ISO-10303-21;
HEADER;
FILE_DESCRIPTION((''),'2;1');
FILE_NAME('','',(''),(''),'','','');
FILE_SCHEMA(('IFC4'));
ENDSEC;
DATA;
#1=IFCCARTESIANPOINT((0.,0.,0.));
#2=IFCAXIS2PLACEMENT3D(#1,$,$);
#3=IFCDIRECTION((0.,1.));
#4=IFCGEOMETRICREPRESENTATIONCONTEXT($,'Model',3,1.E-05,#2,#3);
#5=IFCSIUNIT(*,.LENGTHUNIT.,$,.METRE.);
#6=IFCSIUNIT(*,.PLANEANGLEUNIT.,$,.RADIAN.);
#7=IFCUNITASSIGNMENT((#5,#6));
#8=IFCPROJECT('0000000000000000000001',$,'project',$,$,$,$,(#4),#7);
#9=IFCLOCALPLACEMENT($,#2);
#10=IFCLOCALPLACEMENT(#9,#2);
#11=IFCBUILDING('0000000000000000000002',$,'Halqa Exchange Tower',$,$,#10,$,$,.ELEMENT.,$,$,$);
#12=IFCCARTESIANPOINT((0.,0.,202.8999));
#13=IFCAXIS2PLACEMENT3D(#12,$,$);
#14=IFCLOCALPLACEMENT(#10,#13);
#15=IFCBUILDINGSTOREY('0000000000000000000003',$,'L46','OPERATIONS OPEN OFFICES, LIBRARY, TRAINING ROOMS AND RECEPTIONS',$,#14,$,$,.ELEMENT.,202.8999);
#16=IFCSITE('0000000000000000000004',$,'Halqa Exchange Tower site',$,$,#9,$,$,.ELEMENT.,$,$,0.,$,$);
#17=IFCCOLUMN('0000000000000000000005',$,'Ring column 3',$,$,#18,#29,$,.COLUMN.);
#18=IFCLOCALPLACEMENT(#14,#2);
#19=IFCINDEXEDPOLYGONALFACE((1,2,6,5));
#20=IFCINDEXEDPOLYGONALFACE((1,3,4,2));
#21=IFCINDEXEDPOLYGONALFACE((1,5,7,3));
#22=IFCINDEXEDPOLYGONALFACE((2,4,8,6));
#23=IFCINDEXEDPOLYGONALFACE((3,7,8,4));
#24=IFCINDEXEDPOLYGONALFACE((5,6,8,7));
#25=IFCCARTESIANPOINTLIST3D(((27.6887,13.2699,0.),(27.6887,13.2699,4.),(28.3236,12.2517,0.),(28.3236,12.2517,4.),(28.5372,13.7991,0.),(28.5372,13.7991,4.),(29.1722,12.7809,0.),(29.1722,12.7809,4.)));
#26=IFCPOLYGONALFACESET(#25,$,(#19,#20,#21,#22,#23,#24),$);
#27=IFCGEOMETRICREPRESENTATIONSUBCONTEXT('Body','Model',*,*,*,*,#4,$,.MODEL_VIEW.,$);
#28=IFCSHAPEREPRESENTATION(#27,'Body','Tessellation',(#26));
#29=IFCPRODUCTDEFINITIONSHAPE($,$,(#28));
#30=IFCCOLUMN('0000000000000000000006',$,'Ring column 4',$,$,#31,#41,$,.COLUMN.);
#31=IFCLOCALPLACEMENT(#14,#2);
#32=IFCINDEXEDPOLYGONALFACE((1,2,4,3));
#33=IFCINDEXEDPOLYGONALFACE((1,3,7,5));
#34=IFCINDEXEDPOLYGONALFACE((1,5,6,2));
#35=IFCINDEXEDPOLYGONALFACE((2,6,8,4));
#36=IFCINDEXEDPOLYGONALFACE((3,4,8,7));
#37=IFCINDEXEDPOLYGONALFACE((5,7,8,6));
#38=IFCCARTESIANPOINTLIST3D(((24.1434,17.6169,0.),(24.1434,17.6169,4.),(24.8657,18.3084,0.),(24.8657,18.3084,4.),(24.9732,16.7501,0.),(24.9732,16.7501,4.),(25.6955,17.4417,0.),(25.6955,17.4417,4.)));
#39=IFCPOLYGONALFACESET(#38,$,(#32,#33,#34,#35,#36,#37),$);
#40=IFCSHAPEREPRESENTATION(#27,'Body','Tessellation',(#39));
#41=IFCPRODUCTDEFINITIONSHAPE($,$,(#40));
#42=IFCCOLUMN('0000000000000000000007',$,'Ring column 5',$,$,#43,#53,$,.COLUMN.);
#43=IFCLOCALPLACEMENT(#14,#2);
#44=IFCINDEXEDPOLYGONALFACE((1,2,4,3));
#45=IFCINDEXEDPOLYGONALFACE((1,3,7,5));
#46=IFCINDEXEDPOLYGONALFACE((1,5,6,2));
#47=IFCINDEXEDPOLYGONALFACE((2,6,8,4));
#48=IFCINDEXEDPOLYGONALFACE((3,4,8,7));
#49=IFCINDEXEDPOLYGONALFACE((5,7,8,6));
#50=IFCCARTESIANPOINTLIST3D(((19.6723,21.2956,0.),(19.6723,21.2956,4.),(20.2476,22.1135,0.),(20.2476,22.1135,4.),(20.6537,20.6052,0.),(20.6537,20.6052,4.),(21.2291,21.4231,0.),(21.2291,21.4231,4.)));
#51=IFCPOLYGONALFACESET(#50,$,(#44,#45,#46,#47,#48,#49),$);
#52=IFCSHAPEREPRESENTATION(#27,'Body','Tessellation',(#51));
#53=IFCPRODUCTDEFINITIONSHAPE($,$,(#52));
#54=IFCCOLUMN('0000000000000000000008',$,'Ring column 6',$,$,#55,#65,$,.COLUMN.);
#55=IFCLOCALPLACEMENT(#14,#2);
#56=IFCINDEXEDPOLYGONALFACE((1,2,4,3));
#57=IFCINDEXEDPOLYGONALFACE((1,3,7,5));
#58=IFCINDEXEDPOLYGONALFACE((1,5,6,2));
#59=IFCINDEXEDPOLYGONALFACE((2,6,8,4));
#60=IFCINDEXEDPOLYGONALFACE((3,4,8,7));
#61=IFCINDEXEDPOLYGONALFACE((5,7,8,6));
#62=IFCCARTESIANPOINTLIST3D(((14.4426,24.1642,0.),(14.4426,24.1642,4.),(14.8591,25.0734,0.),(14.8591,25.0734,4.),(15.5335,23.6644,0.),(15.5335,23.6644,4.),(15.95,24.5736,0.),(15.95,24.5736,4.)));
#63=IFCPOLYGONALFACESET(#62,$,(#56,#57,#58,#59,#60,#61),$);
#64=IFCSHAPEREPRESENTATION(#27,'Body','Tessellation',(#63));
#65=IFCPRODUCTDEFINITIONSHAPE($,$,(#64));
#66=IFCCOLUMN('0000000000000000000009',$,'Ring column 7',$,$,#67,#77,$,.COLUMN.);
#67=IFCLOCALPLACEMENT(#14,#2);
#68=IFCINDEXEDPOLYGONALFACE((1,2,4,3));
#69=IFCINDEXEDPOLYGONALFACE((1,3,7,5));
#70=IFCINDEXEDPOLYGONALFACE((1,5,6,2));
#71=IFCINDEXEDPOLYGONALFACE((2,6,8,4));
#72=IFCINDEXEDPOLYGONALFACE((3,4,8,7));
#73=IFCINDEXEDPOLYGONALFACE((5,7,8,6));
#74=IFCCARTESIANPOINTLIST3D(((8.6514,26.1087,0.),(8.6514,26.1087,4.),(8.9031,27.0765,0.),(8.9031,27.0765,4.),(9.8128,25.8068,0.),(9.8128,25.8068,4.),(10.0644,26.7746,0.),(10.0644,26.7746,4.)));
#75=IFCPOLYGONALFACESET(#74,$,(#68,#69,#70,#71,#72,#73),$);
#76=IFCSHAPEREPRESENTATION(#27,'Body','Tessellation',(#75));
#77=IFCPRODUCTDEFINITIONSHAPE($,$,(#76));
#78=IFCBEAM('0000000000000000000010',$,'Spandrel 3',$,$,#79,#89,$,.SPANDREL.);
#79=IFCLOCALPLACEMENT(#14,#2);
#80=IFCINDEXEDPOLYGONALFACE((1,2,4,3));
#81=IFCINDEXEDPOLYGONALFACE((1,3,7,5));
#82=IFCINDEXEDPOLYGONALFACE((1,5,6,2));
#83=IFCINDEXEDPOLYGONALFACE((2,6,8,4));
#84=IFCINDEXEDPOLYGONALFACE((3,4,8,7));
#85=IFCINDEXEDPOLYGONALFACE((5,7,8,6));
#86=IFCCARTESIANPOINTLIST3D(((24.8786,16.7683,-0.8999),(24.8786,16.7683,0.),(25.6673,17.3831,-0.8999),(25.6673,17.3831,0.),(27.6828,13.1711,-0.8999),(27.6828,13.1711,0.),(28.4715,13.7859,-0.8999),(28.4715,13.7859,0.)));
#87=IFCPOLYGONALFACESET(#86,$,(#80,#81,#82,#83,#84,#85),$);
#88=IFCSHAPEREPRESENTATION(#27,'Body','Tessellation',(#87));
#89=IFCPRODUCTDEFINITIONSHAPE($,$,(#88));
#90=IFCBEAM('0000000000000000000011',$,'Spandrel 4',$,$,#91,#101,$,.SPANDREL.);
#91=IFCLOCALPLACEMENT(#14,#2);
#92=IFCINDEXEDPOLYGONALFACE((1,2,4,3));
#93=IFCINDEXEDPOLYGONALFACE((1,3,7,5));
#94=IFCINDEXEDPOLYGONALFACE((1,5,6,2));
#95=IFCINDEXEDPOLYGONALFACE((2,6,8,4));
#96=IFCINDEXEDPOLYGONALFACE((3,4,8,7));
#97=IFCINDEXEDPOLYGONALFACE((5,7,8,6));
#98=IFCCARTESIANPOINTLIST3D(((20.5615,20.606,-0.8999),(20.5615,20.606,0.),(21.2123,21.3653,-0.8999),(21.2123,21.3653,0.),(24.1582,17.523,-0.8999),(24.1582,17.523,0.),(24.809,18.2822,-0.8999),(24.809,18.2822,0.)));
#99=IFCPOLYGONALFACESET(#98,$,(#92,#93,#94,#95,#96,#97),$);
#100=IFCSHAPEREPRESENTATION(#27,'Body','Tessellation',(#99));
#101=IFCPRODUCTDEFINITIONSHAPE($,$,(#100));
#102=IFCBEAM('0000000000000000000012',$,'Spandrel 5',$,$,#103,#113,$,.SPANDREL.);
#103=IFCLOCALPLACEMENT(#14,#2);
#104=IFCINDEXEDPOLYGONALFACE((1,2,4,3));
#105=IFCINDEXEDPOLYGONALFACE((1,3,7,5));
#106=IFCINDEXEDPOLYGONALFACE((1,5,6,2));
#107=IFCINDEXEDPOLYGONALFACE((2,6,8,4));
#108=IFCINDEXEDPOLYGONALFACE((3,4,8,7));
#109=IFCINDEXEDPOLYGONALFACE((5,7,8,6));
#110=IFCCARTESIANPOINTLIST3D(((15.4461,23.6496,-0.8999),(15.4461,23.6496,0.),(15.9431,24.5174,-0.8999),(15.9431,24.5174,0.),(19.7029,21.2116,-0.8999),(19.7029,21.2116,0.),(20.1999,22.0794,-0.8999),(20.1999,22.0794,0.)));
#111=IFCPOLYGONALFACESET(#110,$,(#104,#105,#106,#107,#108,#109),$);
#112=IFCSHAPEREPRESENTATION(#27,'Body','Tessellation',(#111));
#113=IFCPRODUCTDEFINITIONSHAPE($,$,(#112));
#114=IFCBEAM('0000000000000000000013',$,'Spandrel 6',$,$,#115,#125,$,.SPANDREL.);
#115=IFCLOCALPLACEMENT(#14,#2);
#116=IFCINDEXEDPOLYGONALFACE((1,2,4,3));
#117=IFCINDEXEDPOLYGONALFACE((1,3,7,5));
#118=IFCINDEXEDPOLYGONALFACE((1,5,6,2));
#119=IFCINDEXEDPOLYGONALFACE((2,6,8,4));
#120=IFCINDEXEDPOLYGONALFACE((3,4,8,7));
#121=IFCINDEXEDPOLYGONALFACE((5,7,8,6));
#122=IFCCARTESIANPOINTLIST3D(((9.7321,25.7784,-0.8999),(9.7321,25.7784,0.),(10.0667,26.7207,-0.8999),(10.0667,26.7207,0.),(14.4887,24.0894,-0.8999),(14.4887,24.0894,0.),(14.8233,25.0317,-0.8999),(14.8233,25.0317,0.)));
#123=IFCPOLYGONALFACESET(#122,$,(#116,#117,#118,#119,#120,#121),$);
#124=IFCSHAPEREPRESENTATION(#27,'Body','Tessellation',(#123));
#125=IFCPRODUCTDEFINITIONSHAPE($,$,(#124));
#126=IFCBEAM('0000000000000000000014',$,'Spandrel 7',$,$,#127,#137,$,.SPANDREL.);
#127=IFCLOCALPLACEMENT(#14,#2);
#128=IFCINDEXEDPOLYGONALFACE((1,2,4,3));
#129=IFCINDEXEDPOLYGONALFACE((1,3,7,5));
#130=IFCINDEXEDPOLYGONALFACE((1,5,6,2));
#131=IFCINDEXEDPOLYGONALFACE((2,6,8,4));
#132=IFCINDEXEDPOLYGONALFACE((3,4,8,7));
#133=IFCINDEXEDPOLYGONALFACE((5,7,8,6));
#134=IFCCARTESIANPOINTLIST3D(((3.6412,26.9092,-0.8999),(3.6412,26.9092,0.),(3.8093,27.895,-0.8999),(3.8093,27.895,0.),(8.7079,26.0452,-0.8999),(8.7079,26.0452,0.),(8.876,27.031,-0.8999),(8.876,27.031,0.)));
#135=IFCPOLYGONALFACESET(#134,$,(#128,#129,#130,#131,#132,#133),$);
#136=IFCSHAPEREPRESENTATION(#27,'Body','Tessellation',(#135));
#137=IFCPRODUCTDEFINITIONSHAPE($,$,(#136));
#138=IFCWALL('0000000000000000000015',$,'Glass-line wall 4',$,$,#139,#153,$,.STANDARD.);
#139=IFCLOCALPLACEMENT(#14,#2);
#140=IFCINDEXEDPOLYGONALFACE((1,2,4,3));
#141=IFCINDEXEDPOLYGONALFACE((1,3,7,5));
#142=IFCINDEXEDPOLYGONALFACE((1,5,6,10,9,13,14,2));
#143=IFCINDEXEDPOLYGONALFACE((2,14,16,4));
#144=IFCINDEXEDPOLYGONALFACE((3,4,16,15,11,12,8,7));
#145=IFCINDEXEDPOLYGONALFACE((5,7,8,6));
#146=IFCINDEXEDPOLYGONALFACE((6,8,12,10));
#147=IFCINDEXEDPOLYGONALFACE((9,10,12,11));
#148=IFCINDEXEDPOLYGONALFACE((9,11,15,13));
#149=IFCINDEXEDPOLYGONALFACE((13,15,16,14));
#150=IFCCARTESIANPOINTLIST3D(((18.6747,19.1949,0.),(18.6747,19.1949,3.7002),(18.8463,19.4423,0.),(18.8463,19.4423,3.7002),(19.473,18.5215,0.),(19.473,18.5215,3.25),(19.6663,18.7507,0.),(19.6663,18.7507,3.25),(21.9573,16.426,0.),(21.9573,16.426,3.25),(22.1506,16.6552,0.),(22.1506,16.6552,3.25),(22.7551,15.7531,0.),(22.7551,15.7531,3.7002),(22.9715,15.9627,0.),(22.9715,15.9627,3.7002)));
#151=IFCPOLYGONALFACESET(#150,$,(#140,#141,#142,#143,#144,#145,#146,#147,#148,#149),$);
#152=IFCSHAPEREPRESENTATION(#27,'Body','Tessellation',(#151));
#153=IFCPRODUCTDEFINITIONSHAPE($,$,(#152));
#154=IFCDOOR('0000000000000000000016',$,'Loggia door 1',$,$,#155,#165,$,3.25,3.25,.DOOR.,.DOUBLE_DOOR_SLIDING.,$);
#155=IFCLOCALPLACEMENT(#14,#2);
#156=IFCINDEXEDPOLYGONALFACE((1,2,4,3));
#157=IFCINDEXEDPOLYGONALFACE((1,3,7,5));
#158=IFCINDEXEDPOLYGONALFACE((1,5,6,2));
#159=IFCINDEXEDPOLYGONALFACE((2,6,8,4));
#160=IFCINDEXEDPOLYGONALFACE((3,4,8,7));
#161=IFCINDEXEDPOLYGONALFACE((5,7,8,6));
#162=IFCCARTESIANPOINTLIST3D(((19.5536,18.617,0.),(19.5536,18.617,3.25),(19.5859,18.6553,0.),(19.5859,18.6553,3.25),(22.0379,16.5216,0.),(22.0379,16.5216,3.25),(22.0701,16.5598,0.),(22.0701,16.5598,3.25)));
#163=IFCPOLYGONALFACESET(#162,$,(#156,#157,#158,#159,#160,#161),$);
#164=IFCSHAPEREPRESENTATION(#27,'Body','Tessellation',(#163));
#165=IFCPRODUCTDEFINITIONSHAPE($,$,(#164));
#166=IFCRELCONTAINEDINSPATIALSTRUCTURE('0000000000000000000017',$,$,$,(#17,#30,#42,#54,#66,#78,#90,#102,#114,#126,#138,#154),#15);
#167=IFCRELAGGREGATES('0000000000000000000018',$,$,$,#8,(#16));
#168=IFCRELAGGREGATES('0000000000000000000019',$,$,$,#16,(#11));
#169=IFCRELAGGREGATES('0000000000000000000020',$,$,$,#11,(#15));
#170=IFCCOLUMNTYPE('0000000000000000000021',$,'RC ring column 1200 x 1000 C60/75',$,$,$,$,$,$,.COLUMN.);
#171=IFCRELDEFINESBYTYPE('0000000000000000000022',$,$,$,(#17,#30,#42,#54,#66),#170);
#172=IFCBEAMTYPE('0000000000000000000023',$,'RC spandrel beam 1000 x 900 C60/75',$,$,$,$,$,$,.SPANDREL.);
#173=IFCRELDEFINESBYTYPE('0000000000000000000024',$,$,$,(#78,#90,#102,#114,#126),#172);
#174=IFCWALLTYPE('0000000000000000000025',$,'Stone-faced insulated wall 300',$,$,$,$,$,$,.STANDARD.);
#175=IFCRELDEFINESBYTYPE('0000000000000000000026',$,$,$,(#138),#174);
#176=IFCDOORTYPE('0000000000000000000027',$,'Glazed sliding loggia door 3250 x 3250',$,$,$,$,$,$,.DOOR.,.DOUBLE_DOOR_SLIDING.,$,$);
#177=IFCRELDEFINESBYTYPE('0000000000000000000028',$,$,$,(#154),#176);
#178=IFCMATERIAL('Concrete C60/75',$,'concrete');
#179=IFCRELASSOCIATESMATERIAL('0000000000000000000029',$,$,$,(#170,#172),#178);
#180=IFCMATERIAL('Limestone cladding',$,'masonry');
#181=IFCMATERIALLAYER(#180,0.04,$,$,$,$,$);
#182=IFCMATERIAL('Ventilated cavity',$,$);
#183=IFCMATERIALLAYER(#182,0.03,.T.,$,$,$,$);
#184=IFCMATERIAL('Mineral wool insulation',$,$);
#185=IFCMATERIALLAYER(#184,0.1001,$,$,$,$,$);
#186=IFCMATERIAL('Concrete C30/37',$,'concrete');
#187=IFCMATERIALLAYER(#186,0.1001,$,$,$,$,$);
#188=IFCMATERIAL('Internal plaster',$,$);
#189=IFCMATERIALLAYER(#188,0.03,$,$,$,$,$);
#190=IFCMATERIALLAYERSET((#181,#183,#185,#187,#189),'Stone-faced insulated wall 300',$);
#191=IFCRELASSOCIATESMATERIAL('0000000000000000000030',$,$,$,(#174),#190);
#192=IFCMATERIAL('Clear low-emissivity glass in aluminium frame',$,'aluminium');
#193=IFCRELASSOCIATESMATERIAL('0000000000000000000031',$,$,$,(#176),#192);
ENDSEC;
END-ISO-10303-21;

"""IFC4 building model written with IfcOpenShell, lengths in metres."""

from ifc_helpers import new_model, si_unit, direction, frame, frame_2d, origin, origin_2d, place, context, subcontext, project, spatial, polyline, rectangle, outline, extrude, material, layer, layer_set, material_profile, profile_set, type_object, element, fill, save


model = new_model("IFC4")

# Units and contexts
model_context = context("Model", 3, precision=1e-05, world=origin(), true_north=direction((0.0, 1.0)))
body_context = subcontext(model_context, "Body", "Model", "MODEL_VIEW")
ifc_project = project(units=[si_unit("LENGTHUNIT", "METRE"), si_unit("PLANEANGLEUNIT", "RADIAN")], contexts=[model_context])

# Site, building, storey
site_placement = place(None, origin())
site = spatial("IfcSite", under=ifc_project, at=site_placement, Name="Halqa Exchange Tower site", CompositionType="ELEMENT", RefElevation=0.0)
building_placement = place(site_placement, origin())
building = spatial("IfcBuilding", under=site, at=building_placement, Name="Halqa Exchange Tower", CompositionType="ELEMENT")
storey_placement = place(building_placement, frame((0.0, 0.0, 202.8999)))
storey = spatial("IfcBuildingStorey", under=building, at=storey_placement, Name="L46", Description="OPERATIONS OPEN OFFICES, LIBRARY, TRAINING ROOMS AND RECEPTIONS", CompositionType="ELEMENT", Elevation=202.8999)

# Columns
ifc_material_1 = material(Name="Concrete C60/75", Category="concrete")
ifc_material_profile_1 = material_profile(ifc_material_1, rectangle(XDim=1.2, YDim=1.0, at=origin_2d()), Name="1200 x 1000")
ifc_profile_set_1 = profile_set([ifc_material_profile_1], Name="Concrete C60/75")
column_type = type_object("IfcColumnType", Name="RC ring column 1200 x 1000 C60/75", PredefinedType="COLUMN", material=ifc_profile_set_1)
for number, where, z_axis, x_axis, name in (
    (1, (28.4304, 13.0254, 0.0), (0.0, 0.0, 1.0), (-0.529143, 0.848532, 0.0), "Ring column 3"),
    (2, (24.9194, 17.5293, 0.0), (0.0, 0.0, 1.0), (-0.691577, 0.722302, 0.0), "Ring column 4"),
    (3, (20.4507, 21.3594, 0.0), (0.0, 0.0, 1.0), (-0.817909, 0.575348, 0.0), "Ring column 5"),
    (4, (15.1963, 24.3689, 0.0), (0.0, 0.0, 1.0), (-0.909126, 0.41652, 0.0), "Ring column 6"),
    (5, (9.3579, 26.4417, 0.0), (0.0, 0.0, 1.0), (-0.96782, 0.251642, 0.0), "Ring column 7"),
):
    element("IfcColumn", number, at=place(storey_placement, frame(where, z_axis=z_axis, x_axis=x_axis)), inside=storey, type_object=column_type, Name=name, PredefinedType="COLUMN", context=body_context, shape_type="SweptSolid", body=[
        extrude(rectangle(XDim=1.2, YDim=1.0, at=origin_2d()), origin(), (0.0, 0.0, 1.0), 4.0),
    ])

# Beams
ifc_material_profile_2 = material_profile(ifc_material_1, rectangle(XDim=1.0, YDim=0.8999, at=origin_2d()), Name="1000 x 900")
ifc_profile_set_2 = profile_set([ifc_material_profile_2], Name="Concrete C60/75")
beam_type = type_object("IfcBeamType", Name="RC spandrel beam 1000 x 900 C60/75", PredefinedType="SPANDREL", material=ifc_profile_set_2)
beam_1_placement = place(storey_placement, frame((28.0771, 13.4785, -0.45), z_axis=(-0.614815, 0.788672, 0.0), x_axis=(-0.788672, -0.614815, 0.0)))
element("IfcBeam", 6, at=beam_1_placement, inside=storey, type_object=beam_type, Name="Spandrel 3", PredefinedType="SPANDREL", context=body_context, shape_type="SweptSolid", body=[
    extrude(rectangle(XDim=1.0, YDim=0.8999, at=origin_2d()), origin(), (0.0, 0.0, 1.0), 4.561),
])
beam_2_placement = place(storey_placement, frame((24.4836, 17.9026, -0.45), z_axis=(-0.759242, 0.650808, 0.0), x_axis=(-0.650808, -0.759242, 0.0)))
element("IfcBeam", 7, at=beam_2_placement, inside=storey, type_object=beam_type, Name="Spandrel 4", PredefinedType="SPANDREL", context=body_context, shape_type="SweptSolid", body=[
    extrude(rectangle(XDim=1.0, YDim=0.8999, at=origin_2d()), origin(), (0.0, 0.0, 1.0), 4.7373),
])
beam_3_placement = place(storey_placement, frame((19.9514, 21.6455, -0.45), z_axis=(-0.867759, 0.496986, 0.0), x_axis=(-0.496986, -0.867759, 0.0)))
element("IfcBeam", 8, at=beam_3_placement, inside=storey, type_object=beam_type, Name="Spandrel 5", PredefinedType="SPANDREL", context=body_context, shape_type="SweptSolid", body=[
    extrude(rectangle(XDim=1.0, YDim=0.8999, at=origin_2d()), origin(), (0.0, 0.0, 1.0), 4.9055),
])
beam_4_placement = place(storey_placement, frame((14.656, 24.5605, -0.45), z_axis=(-0.942356, 0.334611, 0.0), x_axis=(-0.334611, -0.942356, 0.0)))
element("IfcBeam", 9, at=beam_4_placement, inside=storey, type_object=beam_type, Name="Spandrel 6", PredefinedType="SPANDREL", context=body_context, shape_type="SweptSolid", body=[
    extrude(rectangle(XDim=1.0, YDim=0.8999, at=origin_2d()), origin(), (0.0, 0.0, 1.0), 5.0476),
])
beam_5_placement = place(storey_placement, frame((8.792, 26.5381, -0.45), z_axis=(-0.985769, 0.168103, 0.0), x_axis=(-0.168103, -0.985769, 0.0)))
element("IfcBeam", 10, at=beam_5_placement, inside=storey, type_object=beam_type, Name="Spandrel 7", PredefinedType="SPANDREL", context=body_context, shape_type="SweptSolid", body=[
    extrude(rectangle(XDim=1.0, YDim=0.8999, at=origin_2d()), origin(), (0.0, 0.0, 1.0), 5.1399),
])

# Wall, opening, door
ifc_material_2 = material(Name="Limestone cladding", Category="masonry")
ifc_layer_1 = layer(ifc_material_2, 0.04)
ifc_material_3 = material(Name="Ventilated cavity")
ifc_layer_2 = layer(ifc_material_3, 0.03, ventilated=True)
ifc_material_4 = material(Name="Mineral wool insulation")
ifc_layer_3 = layer(ifc_material_4, 0.1001)
ifc_material_5 = material(Name="Concrete C30/37", Category="concrete")
ifc_layer_4 = layer(ifc_material_5, 0.1001)
ifc_material_6 = material(Name="Internal plaster")
ifc_layer_5 = layer(ifc_material_6, 0.03)
ifc_layer_set = layer_set([ifc_layer_1, ifc_layer_2, ifc_layer_3, ifc_layer_4, ifc_layer_5], Name="Stone-faced insulated wall 300")
wall_type = type_object("IfcWallType", Name="Stone-faced insulated wall 300", PredefinedType="STANDARD", material=ifc_layer_set)
wall_1_placement = place(storey_placement, frame((22.8633, 15.8579, 0.0), z_axis=(0.0, 0.0, 1.0), x_axis=(-0.764386, 0.644759, 0.0)))
wall_1 = element("IfcWall", 11, at=wall_1_placement, inside=storey, type_object=wall_type, Name="Glass-line wall 4", PredefinedType="STANDARD", context=body_context, shape_type="SweptSolid", body=[
    extrude(outline(polyline([(-0.0151, -0.1499), (5.3816, -0.1499), (5.3533, 0.1499), (0.0151, 0.1499), (-0.0151, -0.1499)])), origin(), (0.0, 0.0, 1.0), 3.7002),
])
opening_1_placement = place(wall_1_placement, frame((1.0588, 0.0, 0.0)))
opening_1 = element("IfcOpeningElement", 12, at=opening_1_placement, cuts=wall_1, PredefinedType="OPENING", context=body_context, shape_type="SweptSolid", body=[
    extrude(rectangle(XDim=3.25, YDim=3.25, at=frame_2d((1.625, 1.625))), frame((0.0, 0.1621, 0.0), z_axis=(0.0, -1.0, 0.0), x_axis=(1.0, 0.0, 0.0)), (0.0, 0.0, 1.0), 0.324),
])
ifc_material_7 = material(Name="Clear low-emissivity glass in aluminium frame", Category="aluminium")
door_type = type_object("IfcDoorType", Name="Glazed sliding loggia door 3250 x 3250", OperationType="DOUBLE_DOOR_SLIDING", PredefinedType="DOOR", material=ifc_material_7)
door_placement = place(opening_1_placement, origin())
door = element("IfcDoor", 13, at=door_placement, inside=storey, type_object=door_type, Name="Loggia door 1", OperationType="DOUBLE_DOOR_SLIDING", OverallHeight=3.25, OverallWidth=3.25, PredefinedType="DOOR", context=body_context, shape_type="SweptSolid", body=[
    extrude(rectangle(XDim=3.25, YDim=3.25, at=frame_2d((1.625, 1.625))), frame((0.0, 0.0249, 0.0), z_axis=(0.0, -1.0, 0.0), x_axis=(1.0, 0.0, 0.0)), (0.0, 0.0, 1.0), 0.05),
])
fill(opening_1, door)

save(model, "model.ifc")
